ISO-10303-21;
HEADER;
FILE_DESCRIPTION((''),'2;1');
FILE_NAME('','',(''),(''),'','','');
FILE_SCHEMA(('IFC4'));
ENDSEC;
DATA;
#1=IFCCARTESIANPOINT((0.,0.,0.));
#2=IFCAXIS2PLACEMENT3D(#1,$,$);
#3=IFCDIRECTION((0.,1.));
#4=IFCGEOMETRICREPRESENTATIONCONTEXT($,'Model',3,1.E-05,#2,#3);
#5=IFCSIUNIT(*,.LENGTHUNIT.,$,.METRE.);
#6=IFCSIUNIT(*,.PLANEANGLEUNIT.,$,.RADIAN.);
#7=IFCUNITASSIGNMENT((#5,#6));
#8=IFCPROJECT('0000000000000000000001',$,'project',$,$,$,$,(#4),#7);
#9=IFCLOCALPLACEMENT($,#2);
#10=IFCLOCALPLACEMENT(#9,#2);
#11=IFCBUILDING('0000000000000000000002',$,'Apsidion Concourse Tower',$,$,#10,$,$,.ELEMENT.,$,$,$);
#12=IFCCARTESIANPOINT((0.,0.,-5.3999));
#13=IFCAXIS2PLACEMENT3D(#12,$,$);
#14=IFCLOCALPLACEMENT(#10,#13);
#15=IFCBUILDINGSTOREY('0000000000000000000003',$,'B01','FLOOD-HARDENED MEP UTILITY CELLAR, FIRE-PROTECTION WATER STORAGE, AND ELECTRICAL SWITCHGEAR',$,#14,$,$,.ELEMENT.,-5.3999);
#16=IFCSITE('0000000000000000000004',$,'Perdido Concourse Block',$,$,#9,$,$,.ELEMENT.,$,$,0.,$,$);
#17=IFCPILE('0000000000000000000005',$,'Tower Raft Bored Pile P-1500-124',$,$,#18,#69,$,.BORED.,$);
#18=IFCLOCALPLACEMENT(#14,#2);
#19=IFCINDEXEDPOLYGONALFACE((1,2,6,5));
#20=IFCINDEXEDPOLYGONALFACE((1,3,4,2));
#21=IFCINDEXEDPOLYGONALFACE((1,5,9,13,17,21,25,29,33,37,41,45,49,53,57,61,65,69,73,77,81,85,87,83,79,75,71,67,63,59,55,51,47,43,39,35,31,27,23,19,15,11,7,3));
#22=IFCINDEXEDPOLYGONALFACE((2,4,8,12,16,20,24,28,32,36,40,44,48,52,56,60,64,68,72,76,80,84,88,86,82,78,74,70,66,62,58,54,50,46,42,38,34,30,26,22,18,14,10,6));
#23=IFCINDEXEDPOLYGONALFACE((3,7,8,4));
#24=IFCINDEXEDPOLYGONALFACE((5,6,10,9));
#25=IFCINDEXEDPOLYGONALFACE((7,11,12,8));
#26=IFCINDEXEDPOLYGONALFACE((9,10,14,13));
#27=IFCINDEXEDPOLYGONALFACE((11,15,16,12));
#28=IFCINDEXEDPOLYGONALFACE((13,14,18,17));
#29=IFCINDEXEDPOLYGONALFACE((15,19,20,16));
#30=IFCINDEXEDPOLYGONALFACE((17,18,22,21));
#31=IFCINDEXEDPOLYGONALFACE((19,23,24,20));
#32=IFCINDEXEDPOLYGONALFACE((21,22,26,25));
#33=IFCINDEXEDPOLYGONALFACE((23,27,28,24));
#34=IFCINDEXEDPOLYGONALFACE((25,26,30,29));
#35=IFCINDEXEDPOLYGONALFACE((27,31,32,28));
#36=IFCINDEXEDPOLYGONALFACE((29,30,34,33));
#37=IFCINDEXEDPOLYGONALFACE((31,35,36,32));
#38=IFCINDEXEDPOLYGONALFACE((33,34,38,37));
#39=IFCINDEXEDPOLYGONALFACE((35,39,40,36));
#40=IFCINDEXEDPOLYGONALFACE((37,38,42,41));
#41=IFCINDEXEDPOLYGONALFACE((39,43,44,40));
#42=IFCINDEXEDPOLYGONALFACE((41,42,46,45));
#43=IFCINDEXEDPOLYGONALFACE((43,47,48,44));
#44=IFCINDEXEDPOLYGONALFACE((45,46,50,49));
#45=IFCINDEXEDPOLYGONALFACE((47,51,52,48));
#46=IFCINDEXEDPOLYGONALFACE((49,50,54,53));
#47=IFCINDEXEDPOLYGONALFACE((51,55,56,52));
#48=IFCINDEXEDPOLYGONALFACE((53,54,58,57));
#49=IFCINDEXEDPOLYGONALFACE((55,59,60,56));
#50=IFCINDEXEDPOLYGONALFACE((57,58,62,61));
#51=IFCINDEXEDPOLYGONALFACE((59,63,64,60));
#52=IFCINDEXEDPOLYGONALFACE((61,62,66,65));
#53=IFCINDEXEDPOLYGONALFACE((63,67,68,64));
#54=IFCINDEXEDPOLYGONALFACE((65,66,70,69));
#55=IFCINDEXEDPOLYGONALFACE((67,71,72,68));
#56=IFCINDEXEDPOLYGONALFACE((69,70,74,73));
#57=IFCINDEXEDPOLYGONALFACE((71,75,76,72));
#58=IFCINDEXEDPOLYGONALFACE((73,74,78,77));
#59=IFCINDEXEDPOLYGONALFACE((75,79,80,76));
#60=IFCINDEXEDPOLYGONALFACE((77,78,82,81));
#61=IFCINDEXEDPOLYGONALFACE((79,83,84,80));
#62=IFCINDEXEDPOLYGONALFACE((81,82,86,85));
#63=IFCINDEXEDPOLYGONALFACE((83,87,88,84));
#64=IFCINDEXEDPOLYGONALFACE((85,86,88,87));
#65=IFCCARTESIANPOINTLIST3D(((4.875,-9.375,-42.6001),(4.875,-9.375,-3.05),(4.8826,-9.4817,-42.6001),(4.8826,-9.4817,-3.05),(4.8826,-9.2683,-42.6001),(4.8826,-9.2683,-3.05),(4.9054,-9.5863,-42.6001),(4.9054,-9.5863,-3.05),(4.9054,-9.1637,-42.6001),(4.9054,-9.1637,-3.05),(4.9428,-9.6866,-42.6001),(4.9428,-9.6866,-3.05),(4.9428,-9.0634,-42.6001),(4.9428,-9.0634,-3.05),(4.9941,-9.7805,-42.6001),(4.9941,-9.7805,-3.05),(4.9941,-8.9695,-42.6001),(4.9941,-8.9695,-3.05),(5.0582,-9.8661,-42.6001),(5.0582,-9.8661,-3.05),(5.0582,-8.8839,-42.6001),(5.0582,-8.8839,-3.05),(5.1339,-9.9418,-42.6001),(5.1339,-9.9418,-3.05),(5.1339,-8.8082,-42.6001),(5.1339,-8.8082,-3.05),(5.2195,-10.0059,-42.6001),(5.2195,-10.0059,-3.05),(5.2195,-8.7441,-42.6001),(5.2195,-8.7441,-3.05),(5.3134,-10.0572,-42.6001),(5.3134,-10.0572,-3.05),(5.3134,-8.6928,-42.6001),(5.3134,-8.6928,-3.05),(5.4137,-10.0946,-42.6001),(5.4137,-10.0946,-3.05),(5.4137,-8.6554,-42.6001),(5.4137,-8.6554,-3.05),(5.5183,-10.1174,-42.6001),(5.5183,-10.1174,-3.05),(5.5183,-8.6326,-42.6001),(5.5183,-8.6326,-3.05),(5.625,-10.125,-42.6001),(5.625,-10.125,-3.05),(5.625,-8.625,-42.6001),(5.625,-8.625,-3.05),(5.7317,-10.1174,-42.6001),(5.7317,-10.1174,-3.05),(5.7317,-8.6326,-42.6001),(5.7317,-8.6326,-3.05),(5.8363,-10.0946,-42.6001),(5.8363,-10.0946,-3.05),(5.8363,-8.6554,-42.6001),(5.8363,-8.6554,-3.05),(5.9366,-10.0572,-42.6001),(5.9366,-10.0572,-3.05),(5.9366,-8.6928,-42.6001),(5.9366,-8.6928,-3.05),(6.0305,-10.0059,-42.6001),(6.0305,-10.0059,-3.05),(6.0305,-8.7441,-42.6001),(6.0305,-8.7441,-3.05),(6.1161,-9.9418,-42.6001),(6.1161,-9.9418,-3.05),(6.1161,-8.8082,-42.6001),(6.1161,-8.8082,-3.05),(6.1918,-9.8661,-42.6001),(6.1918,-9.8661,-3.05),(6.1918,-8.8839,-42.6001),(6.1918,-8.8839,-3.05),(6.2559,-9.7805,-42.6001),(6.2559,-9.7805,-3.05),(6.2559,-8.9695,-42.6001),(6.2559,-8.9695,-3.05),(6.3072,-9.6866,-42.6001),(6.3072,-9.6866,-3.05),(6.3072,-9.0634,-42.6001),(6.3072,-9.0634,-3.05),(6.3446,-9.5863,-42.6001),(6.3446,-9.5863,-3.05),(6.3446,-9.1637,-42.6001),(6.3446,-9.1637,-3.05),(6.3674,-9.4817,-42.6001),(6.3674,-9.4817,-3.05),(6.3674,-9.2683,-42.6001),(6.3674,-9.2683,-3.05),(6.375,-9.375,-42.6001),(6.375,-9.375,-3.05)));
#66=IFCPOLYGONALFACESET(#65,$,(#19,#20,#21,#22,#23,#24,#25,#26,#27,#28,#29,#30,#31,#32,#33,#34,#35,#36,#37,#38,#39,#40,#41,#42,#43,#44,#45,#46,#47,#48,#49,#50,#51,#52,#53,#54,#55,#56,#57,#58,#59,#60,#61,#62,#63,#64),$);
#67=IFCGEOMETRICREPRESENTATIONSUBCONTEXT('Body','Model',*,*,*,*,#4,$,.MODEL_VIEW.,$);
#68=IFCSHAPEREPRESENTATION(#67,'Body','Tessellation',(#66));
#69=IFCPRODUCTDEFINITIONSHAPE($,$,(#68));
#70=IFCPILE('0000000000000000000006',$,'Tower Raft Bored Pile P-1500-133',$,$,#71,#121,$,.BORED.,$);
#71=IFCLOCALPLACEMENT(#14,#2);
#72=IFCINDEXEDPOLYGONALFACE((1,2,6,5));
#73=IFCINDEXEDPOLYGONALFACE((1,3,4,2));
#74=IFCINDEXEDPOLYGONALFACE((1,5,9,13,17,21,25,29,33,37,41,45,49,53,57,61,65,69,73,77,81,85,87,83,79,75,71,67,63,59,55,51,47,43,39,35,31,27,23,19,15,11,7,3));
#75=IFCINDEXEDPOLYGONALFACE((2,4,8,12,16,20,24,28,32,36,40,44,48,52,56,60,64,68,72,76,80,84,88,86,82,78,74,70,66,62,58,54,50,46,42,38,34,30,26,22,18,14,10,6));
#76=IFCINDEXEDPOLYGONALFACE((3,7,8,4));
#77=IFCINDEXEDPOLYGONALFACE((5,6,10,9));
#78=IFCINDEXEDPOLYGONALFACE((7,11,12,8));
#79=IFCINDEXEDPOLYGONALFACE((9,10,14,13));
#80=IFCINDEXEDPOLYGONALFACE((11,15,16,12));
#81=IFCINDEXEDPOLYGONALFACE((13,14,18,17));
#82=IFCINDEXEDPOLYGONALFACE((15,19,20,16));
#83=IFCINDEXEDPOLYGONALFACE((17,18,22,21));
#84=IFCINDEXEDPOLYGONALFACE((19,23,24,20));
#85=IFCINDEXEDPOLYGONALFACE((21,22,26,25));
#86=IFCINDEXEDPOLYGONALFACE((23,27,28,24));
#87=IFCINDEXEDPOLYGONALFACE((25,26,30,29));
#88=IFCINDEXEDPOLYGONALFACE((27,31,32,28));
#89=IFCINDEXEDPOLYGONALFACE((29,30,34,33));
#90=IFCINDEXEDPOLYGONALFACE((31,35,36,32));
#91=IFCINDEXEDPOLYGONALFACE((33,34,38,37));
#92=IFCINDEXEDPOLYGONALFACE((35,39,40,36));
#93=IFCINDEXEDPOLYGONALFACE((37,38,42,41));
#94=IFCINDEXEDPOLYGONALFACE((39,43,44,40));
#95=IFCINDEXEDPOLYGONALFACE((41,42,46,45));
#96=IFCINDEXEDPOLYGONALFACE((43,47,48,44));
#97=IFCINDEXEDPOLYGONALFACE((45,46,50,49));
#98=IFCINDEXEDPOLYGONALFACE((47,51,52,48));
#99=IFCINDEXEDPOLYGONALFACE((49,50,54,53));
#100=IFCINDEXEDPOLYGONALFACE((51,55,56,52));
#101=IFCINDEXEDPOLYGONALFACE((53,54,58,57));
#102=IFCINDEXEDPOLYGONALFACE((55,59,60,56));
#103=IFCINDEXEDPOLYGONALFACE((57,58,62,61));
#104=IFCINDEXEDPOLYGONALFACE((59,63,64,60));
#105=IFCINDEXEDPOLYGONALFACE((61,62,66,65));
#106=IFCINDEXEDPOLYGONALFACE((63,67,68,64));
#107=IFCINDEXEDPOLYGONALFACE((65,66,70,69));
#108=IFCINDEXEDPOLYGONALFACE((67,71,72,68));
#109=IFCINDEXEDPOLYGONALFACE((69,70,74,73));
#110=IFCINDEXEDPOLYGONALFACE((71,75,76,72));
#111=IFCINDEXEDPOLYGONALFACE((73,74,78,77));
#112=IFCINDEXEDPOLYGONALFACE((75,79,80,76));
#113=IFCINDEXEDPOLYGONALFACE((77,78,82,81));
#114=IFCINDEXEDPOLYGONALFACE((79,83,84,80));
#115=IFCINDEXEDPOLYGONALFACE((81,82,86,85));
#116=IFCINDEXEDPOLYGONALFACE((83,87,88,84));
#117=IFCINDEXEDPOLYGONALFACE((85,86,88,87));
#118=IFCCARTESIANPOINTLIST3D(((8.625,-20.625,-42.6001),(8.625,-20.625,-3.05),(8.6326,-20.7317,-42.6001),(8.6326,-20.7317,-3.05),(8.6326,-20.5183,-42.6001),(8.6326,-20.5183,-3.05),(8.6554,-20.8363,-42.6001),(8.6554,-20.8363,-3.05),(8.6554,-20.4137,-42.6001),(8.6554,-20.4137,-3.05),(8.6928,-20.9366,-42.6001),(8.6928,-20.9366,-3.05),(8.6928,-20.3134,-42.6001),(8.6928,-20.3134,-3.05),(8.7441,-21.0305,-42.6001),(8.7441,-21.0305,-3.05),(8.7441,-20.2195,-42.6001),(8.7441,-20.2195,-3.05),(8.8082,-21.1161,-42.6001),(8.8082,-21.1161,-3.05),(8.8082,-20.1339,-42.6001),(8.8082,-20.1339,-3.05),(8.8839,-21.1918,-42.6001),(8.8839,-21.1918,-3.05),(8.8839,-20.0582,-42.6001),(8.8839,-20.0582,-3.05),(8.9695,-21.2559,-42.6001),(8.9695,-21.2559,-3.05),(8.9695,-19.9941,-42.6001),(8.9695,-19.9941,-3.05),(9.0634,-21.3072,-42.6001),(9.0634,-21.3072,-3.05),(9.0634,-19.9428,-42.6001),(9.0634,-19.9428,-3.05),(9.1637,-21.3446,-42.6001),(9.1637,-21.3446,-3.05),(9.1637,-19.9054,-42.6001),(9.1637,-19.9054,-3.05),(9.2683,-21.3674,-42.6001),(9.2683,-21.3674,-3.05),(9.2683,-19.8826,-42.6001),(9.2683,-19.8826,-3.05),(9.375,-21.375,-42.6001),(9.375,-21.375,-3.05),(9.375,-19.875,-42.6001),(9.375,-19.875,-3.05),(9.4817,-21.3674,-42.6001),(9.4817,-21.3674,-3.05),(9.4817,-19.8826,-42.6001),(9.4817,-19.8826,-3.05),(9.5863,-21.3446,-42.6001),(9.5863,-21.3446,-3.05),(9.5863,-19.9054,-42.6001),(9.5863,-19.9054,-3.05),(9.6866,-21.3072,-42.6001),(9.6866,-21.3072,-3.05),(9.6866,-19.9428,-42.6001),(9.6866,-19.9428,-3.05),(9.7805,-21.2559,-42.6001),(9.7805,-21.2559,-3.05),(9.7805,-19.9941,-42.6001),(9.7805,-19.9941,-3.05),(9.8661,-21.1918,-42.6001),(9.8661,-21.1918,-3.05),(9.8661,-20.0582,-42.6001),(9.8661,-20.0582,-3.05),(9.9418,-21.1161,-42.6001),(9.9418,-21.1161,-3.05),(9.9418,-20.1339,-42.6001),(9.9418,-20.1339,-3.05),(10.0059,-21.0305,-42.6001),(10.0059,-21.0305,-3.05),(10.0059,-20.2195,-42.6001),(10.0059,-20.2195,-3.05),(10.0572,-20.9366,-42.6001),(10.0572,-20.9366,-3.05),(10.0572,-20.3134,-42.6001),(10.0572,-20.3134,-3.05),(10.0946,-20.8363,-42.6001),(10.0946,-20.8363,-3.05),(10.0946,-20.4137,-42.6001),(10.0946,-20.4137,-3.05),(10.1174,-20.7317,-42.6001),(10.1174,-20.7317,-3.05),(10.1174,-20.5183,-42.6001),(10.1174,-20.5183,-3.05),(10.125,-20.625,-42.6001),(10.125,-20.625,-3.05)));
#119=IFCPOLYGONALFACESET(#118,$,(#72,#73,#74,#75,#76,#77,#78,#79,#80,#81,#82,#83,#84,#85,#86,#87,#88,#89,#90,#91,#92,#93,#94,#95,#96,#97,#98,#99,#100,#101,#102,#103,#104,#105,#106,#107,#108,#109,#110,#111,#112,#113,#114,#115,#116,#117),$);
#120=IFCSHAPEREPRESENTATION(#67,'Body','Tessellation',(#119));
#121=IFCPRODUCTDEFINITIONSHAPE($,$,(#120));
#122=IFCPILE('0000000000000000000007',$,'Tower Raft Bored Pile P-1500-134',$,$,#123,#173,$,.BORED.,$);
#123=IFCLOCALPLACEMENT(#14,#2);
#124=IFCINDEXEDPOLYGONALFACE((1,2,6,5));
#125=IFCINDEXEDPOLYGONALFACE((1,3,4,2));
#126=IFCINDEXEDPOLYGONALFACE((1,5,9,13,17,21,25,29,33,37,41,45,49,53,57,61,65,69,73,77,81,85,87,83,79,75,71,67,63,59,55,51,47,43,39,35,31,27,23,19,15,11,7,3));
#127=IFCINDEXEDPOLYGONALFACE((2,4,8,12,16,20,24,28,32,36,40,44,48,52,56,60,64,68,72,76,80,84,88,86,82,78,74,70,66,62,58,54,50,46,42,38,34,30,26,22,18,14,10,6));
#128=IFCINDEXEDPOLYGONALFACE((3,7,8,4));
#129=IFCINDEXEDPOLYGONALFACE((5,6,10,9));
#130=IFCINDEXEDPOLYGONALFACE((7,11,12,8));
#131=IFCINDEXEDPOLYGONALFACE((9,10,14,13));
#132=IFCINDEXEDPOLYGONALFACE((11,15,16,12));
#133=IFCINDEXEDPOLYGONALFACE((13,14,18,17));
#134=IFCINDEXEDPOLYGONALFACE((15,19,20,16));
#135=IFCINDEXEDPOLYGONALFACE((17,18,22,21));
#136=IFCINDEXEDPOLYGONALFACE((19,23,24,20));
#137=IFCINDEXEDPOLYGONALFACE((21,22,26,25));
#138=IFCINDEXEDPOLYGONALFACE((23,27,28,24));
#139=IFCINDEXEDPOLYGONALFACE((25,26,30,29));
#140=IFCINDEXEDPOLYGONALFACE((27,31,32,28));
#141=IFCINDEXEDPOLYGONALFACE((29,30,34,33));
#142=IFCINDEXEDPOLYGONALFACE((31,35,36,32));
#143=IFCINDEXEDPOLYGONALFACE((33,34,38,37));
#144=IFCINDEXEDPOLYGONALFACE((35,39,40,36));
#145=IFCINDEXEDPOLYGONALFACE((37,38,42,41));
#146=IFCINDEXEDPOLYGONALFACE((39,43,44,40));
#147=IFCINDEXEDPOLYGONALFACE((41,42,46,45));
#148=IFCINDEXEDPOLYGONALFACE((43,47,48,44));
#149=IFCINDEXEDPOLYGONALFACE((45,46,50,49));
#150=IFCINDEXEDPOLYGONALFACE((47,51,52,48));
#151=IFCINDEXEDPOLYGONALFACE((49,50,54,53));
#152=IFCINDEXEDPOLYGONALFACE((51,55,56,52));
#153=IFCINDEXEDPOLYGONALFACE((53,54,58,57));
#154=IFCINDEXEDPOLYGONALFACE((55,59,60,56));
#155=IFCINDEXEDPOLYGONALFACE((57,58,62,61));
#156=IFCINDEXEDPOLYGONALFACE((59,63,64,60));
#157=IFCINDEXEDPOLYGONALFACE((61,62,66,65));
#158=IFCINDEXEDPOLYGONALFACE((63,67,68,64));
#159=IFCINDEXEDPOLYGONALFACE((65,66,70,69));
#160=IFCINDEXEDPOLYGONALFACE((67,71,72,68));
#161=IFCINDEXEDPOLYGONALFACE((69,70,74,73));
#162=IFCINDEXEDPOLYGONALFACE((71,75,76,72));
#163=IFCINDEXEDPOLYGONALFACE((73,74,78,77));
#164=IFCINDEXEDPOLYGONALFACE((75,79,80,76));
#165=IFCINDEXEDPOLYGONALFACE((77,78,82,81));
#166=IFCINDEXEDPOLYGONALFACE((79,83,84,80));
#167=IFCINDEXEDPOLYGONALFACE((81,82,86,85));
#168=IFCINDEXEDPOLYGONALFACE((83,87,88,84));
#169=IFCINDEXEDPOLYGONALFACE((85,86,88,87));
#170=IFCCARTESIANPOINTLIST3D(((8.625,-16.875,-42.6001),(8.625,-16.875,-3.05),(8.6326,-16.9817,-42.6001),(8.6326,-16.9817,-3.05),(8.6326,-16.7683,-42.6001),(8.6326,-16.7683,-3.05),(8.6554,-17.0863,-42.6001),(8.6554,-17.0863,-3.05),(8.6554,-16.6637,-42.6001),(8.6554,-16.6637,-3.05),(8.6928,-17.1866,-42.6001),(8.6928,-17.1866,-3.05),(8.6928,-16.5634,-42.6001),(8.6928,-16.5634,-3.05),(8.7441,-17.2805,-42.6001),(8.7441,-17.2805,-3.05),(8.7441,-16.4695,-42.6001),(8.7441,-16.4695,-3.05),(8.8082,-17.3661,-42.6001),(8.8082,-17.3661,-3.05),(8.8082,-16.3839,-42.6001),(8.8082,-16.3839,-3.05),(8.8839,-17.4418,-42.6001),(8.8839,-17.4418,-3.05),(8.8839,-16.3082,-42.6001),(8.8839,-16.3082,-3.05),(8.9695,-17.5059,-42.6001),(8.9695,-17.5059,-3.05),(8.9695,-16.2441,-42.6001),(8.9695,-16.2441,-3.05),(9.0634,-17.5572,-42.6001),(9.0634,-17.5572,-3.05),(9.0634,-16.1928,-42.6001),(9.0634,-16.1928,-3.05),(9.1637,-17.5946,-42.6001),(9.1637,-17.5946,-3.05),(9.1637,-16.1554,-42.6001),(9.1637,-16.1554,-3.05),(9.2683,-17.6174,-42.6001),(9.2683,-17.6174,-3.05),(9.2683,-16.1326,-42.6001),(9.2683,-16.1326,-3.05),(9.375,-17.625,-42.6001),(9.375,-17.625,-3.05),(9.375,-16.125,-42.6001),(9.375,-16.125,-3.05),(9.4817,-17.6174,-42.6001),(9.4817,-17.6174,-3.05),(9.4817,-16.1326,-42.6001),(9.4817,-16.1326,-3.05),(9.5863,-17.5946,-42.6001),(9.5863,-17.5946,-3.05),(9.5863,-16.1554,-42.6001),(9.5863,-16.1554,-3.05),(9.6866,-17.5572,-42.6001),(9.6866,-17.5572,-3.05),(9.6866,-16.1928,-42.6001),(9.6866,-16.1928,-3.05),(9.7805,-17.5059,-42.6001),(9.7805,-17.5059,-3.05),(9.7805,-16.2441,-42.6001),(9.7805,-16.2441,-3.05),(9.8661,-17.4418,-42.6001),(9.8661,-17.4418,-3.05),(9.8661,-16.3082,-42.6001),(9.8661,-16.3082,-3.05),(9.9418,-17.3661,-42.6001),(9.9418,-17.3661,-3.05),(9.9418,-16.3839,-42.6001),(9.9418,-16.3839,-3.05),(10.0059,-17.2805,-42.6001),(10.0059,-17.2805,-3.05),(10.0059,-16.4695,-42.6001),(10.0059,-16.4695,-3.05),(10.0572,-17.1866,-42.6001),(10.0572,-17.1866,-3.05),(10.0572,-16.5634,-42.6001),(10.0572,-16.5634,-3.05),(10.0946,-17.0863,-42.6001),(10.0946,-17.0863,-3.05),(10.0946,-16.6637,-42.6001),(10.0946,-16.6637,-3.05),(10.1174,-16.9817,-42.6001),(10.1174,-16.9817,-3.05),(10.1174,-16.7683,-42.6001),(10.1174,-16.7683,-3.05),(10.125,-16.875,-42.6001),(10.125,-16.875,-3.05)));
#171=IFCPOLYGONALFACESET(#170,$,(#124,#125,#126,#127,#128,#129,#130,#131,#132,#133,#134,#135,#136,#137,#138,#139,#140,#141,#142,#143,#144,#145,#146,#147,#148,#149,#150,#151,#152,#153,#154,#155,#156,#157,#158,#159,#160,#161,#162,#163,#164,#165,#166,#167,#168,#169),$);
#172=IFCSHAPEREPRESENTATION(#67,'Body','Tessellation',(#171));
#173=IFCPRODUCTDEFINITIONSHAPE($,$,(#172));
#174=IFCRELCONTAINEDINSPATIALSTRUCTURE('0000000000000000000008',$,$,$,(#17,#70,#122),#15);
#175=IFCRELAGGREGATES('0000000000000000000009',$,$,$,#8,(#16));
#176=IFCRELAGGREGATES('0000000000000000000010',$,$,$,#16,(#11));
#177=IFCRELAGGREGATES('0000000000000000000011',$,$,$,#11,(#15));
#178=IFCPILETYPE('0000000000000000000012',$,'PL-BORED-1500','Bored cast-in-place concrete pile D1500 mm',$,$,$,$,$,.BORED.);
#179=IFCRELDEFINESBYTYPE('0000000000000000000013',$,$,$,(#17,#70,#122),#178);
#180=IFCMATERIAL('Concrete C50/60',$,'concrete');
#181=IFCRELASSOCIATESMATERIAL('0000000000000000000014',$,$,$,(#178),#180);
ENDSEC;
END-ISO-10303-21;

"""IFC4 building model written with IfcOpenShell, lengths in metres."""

from ifc_helpers import new_model, si_unit, direction, frame, origin, origin_2d, place, context, subcontext, project, spatial, circle, extrude, material, material_profile, profile_set, type_object, element, save


model = new_model("IFC4")

# Units and contexts
model_context = context("Model", 3, precision=1e-05, world=origin(), true_north=direction((0.0, 1.0)))
body_context = subcontext(model_context, "Body", "Model", "MODEL_VIEW")
ifc_project = project(units=[si_unit("LENGTHUNIT", "METRE"), si_unit("PLANEANGLEUNIT", "RADIAN")], contexts=[model_context])

# Site, building, storey
site_placement = place(None, origin())
site = spatial("IfcSite", under=ifc_project, at=site_placement, Name="Perdido Concourse Block", CompositionType="ELEMENT", RefElevation=0.0)
building_placement = place(site_placement, origin())
building = spatial("IfcBuilding", under=site, at=building_placement, Name="Apsidion Concourse Tower", CompositionType="ELEMENT")
storey_placement = place(building_placement, frame((0.0, 0.0, -5.3999)))
storey = spatial("IfcBuildingStorey", under=building, at=storey_placement, Name="B01", Description="FLOOD-HARDENED MEP UTILITY CELLAR, FIRE-PROTECTION WATER STORAGE, AND ELECTRICAL SWITCHGEAR", CompositionType="ELEMENT", Elevation=-5.3999)

# Shared definitions
ifc_material_1 = material(Name="Concrete C50/60", Category="concrete")

# Piles
ifc_material_profile_1 = material_profile(ifc_material_1, circle(Radius=0.75, at=origin_2d()), Name="BORED PILE D1500")
ifc_profile_set_1 = profile_set([ifc_material_profile_1], Name="Concrete C50/60")
pile_type_1 = type_object("IfcPileType", Name="PL-BORED-1500", Description="Bored cast-in-place concrete pile D1500 mm", PredefinedType="BORED", material=ifc_profile_set_1)
for number, where, z_axis, x_axis, name in (
    (1, (5.625, -9.375, -3.05), (0.0, 0.0, -1.0), (1.0, 0.0, 0.0), "Tower Raft Bored Pile P-1500-124"),
    (2, (9.375, -20.625, -3.05), (0.0, 0.0, -1.0), (1.0, 0.0, 0.0), "Tower Raft Bored Pile P-1500-133"),
    (3, (9.375, -16.875, -3.05), (0.0, 0.0, -1.0), (1.0, 0.0, 0.0), "Tower Raft Bored Pile P-1500-134"),
):
    element("IfcPile", number, at=place(storey_placement, frame(where, z_axis=z_axis, x_axis=x_axis)), inside=storey, type_object=pile_type_1, Name=name, PredefinedType="BORED", context=body_context, shape_type="SweptSolid", body=[
        extrude(circle(Radius=0.75, at=origin_2d()), origin(), (0.0, 0.0, 1.0), 39.55),
    ])

save(model, "model.ifc")
